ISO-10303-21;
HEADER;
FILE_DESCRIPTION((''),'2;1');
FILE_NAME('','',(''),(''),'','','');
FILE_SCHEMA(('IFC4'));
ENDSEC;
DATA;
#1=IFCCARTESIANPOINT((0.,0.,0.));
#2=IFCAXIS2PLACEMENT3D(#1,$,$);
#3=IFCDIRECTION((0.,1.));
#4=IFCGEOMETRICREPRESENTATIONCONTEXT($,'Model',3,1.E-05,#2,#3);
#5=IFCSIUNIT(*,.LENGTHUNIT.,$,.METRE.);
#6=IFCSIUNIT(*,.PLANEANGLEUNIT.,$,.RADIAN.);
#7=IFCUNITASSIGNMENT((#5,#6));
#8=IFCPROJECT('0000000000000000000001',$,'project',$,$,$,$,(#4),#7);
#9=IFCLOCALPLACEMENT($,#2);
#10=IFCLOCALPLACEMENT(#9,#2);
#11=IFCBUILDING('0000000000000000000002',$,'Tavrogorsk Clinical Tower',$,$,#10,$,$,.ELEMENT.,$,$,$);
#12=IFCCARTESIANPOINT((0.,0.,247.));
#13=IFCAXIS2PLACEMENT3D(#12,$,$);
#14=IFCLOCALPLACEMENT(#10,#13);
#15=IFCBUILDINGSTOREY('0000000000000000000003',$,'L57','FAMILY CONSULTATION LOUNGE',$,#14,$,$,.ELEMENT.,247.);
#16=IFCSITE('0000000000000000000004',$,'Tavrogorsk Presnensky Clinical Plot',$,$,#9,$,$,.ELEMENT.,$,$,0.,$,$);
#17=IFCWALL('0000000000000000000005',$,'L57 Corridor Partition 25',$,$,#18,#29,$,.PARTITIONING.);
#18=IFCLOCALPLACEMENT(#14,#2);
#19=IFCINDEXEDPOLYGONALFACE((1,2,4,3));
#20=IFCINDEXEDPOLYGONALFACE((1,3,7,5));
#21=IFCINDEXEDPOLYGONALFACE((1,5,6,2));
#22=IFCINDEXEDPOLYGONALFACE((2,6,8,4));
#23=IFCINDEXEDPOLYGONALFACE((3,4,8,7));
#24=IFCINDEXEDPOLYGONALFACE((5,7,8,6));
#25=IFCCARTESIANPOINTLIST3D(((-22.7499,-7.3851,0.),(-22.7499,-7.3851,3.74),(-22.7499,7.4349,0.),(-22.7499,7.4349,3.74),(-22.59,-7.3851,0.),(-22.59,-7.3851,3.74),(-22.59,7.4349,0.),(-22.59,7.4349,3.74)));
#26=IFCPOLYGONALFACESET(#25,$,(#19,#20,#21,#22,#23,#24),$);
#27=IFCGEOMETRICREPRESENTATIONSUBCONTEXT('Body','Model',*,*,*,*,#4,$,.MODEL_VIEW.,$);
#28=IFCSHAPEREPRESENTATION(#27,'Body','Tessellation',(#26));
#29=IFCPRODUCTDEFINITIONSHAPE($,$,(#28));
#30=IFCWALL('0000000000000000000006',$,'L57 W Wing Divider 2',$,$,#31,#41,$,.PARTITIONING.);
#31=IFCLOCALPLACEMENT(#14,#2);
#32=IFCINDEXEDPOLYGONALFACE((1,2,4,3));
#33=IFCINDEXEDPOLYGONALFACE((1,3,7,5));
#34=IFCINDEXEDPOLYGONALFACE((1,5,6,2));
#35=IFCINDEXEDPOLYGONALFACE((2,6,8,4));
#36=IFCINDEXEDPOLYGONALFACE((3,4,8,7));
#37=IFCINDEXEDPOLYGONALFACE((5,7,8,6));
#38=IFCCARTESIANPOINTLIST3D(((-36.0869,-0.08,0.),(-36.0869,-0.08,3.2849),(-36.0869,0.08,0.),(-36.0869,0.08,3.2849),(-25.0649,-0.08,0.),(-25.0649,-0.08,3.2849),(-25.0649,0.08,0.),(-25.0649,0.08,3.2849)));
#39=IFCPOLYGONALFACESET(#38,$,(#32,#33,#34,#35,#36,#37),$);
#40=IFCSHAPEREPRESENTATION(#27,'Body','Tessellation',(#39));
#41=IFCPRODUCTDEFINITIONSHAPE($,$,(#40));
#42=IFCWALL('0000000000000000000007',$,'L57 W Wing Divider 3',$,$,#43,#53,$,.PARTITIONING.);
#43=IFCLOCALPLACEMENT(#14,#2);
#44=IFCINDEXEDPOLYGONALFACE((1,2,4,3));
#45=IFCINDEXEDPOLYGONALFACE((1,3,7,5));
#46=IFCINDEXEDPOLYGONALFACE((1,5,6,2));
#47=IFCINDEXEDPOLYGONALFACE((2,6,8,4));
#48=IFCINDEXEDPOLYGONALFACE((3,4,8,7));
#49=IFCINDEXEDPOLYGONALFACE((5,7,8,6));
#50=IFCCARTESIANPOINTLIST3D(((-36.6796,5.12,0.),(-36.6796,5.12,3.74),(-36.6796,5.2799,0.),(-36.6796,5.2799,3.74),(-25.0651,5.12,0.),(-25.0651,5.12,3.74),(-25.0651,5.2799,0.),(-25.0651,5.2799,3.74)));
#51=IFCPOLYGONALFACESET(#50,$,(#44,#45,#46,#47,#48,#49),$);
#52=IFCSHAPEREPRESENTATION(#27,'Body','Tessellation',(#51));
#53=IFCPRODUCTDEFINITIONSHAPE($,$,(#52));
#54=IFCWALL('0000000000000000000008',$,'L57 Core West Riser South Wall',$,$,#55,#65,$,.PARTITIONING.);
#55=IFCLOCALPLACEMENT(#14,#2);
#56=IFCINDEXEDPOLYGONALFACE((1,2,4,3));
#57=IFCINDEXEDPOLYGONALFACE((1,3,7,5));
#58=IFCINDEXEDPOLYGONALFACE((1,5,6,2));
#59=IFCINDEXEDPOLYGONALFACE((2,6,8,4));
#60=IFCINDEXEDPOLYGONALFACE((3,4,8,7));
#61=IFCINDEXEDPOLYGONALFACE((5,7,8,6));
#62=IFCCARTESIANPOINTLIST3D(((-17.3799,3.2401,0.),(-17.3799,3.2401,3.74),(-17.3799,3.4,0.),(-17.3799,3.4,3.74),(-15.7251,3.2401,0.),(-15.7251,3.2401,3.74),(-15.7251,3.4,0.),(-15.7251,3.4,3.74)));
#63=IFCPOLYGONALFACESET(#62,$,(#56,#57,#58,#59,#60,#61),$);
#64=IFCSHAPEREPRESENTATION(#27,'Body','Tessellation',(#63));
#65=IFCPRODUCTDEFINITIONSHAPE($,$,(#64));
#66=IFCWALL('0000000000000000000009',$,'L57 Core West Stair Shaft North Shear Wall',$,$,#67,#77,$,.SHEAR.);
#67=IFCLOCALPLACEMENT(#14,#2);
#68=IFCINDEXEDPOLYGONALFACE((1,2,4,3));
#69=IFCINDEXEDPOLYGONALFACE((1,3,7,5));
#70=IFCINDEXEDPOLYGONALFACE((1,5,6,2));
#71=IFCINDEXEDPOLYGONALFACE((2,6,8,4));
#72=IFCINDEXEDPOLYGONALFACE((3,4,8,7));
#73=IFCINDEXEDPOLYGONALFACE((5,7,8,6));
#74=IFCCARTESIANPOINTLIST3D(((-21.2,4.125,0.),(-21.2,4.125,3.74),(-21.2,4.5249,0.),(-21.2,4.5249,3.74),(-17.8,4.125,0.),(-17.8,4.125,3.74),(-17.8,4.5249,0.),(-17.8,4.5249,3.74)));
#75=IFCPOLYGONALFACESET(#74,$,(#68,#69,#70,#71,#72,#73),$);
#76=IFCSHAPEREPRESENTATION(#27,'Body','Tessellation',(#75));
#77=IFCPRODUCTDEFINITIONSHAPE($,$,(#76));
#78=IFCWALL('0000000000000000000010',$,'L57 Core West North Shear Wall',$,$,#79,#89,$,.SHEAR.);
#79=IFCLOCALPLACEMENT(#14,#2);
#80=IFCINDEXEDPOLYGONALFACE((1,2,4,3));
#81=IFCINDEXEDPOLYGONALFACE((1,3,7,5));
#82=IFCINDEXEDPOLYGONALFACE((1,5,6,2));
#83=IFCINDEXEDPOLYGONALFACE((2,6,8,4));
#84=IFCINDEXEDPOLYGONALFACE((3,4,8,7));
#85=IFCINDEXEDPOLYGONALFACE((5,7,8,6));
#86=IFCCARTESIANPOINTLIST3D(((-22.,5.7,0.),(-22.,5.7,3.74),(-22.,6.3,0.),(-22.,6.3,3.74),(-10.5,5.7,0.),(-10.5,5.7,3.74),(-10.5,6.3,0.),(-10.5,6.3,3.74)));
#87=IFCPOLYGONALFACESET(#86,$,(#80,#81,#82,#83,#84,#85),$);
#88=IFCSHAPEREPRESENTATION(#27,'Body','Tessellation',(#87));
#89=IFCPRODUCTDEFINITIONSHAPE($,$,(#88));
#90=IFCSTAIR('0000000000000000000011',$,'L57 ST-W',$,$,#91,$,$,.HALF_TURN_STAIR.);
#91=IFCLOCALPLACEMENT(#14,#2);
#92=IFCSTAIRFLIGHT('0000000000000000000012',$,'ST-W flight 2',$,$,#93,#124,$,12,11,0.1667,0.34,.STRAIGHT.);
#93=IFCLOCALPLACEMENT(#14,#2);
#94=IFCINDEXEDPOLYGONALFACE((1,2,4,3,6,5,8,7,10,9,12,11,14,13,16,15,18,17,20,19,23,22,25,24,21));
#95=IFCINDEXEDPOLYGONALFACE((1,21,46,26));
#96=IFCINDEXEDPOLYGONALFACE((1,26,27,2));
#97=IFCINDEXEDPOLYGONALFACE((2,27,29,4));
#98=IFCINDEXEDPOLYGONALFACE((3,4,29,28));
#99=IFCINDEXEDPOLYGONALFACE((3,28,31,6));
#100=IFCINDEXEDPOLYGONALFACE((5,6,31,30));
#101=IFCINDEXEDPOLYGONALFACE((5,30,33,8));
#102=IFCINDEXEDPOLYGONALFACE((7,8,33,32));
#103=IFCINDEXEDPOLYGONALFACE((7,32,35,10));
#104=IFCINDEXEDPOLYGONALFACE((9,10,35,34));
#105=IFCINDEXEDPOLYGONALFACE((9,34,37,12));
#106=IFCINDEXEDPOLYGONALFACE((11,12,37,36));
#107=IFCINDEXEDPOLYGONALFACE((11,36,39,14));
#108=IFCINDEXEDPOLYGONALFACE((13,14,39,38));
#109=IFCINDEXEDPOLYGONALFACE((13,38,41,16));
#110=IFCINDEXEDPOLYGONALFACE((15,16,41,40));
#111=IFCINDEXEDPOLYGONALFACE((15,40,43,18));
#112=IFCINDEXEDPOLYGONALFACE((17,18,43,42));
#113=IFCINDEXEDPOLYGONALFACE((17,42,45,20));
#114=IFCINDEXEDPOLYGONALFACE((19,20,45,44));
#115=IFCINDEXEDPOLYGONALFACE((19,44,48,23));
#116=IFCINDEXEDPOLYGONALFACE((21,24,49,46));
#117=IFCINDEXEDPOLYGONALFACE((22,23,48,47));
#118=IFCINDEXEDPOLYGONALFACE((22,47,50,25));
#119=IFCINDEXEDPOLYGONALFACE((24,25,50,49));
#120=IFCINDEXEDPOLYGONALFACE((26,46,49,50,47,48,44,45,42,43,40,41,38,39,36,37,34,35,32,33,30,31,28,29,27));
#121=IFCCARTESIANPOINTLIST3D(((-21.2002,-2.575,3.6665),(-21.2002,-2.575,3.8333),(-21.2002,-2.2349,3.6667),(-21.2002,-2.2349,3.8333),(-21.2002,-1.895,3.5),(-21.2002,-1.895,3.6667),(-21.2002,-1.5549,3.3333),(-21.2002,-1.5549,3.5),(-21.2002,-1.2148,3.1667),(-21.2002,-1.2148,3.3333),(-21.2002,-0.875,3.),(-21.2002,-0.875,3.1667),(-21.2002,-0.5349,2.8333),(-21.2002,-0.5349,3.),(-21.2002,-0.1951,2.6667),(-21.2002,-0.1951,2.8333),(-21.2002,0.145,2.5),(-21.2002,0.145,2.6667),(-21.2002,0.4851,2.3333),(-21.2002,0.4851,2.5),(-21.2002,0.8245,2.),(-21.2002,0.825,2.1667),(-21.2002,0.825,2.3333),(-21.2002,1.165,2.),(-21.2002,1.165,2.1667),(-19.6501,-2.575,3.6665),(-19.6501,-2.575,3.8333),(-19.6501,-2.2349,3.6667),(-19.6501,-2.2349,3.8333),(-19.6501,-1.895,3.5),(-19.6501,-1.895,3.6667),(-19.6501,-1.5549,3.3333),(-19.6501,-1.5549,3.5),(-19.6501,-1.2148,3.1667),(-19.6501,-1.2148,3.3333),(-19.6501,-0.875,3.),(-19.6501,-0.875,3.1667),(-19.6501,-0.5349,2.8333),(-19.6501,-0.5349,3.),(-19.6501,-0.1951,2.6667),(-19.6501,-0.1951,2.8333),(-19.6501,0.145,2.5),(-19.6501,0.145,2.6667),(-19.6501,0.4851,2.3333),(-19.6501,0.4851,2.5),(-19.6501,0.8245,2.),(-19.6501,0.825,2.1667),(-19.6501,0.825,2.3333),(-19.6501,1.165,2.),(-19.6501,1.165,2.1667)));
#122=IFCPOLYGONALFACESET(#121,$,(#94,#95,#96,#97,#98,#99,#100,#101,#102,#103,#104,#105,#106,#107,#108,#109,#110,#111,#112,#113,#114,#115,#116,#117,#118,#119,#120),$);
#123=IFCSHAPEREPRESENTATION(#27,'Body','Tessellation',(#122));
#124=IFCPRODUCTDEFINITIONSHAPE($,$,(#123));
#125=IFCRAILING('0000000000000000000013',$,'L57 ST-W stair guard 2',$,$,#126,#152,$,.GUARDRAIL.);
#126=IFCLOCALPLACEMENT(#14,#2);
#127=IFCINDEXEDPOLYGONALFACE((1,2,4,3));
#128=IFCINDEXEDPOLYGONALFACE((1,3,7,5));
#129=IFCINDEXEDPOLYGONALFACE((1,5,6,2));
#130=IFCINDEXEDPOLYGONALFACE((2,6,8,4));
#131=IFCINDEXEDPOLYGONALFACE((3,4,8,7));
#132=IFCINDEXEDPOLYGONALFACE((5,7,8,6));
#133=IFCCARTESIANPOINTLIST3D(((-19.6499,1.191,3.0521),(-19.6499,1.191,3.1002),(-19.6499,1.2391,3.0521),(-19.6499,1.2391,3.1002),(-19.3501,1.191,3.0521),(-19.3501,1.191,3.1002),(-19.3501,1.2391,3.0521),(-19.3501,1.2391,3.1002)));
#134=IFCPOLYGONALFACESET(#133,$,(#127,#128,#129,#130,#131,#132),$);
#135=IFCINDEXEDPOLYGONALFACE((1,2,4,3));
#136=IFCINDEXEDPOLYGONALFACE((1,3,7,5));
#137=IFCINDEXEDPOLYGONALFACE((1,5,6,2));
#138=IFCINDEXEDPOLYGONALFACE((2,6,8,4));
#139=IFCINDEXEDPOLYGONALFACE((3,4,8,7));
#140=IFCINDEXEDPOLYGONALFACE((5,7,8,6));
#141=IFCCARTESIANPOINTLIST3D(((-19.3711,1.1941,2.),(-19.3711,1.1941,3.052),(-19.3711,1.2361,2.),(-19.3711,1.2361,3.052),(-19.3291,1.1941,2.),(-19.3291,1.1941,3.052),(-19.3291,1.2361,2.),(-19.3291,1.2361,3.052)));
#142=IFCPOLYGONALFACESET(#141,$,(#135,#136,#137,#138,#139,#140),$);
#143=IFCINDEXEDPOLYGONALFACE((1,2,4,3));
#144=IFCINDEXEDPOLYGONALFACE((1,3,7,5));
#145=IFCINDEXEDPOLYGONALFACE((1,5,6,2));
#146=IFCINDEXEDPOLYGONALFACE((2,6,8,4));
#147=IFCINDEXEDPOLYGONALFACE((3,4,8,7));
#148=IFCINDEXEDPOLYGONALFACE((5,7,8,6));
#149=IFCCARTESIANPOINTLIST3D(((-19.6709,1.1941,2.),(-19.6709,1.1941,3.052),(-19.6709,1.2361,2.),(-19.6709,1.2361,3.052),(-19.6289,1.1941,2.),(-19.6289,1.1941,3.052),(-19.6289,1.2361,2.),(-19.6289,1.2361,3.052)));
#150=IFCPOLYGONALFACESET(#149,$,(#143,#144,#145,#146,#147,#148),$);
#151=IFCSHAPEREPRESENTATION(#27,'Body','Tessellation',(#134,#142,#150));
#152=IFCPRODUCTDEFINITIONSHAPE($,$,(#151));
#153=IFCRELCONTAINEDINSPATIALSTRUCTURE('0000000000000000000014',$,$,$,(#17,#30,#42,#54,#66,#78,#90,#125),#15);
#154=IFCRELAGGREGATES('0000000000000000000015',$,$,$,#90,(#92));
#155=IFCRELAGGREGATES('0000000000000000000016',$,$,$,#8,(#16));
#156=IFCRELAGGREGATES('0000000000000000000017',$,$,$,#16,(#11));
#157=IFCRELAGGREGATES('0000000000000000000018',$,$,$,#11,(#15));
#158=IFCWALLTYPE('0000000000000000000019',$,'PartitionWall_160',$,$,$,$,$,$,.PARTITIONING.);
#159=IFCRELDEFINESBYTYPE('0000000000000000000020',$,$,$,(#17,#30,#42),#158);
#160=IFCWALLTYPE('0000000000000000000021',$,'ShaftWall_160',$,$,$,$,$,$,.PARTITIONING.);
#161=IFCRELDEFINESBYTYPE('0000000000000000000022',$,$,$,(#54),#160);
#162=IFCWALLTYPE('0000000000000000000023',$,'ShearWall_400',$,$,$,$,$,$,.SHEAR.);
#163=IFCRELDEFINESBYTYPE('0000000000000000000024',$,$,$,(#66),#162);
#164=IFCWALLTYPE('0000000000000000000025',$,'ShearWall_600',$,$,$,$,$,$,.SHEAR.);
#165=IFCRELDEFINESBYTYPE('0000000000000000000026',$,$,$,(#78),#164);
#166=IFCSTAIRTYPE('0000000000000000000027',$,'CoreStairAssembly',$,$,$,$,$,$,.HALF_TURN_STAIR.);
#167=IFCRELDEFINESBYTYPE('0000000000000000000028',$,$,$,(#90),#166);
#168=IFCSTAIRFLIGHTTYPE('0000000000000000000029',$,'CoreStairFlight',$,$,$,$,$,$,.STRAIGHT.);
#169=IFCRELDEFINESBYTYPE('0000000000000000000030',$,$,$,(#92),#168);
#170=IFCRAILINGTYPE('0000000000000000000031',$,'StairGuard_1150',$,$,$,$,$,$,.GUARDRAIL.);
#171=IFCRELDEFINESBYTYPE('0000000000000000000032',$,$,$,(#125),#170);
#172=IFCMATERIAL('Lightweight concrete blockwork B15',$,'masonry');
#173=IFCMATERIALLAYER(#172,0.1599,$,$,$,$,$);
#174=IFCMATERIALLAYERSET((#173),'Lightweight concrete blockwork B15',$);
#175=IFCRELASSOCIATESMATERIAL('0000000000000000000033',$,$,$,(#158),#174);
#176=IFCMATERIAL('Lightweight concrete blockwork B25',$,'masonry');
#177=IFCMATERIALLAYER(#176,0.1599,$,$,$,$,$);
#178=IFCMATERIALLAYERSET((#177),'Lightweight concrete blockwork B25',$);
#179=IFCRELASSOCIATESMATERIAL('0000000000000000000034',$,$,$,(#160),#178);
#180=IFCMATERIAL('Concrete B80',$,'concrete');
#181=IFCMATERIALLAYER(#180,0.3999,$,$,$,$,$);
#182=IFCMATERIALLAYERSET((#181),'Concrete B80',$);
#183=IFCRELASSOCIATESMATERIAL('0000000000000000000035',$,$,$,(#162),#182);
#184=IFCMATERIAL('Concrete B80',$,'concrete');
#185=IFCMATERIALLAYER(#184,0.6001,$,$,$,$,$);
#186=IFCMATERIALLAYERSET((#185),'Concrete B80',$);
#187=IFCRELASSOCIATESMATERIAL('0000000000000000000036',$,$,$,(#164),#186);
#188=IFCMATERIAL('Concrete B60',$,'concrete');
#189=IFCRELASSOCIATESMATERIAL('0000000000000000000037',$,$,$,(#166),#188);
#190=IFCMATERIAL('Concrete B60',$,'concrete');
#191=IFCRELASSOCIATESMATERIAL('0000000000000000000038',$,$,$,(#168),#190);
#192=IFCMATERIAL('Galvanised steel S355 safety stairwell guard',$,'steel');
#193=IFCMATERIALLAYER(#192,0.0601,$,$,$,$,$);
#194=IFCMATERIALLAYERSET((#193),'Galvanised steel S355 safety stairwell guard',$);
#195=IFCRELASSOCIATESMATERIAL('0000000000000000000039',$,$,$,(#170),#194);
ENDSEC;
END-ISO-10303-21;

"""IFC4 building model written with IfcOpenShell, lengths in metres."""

from ifc_helpers import new_model, si_unit, direction, frame, frame_2d, origin, origin_2d, place, context, subcontext, project, spatial, polyline, rectangle, outline, extrude, material, layer, layer_set, type_object, element, aggregate, save


model = new_model("IFC4")

# Units and contexts
model_context = context("Model", 3, precision=1e-05, world=origin(), true_north=direction((0.0, 1.0)))
body_context = subcontext(model_context, "Body", "Model", "MODEL_VIEW")
ifc_project = project(units=[si_unit("LENGTHUNIT", "METRE"), si_unit("PLANEANGLEUNIT", "RADIAN")], contexts=[model_context])

# Site, building, storey
site_placement = place(None, origin())
site = spatial("IfcSite", under=ifc_project, at=site_placement, Name="Tavrogorsk Presnensky Clinical Plot", CompositionType="ELEMENT", RefElevation=0.0)
building_placement = place(site_placement, origin())
building = spatial("IfcBuilding", under=site, at=building_placement, Name="Tavrogorsk Clinical Tower", CompositionType="ELEMENT")
storey_placement = place(building_placement, frame((0.0, 0.0, 247.0)))
storey = spatial("IfcBuildingStorey", under=building, at=storey_placement, Name="L57", Description="FAMILY CONSULTATION LOUNGE", CompositionType="ELEMENT", Elevation=247.0)

# Shared definitions
ifc_material_1 = material(Name="Lightweight concrete blockwork B15", Category="masonry")
ifc_layer_1 = layer(ifc_material_1, 0.1599)
ifc_layer_set_1 = layer_set([ifc_layer_1], Name="Lightweight concrete blockwork B15")
wall_type_1 = type_object("IfcWallType", Name="PartitionWall_160", PredefinedType="PARTITIONING", material=ifc_layer_set_1)

# Walls
wall_1_placement = place(storey_placement, frame((-22.6699, 7.4351, 0.0), z_axis=(0.0, 0.0, 1.0), x_axis=(0.0, -1.0, 0.0)))
element("IfcWall", 1, at=wall_1_placement, inside=storey, type_object=wall_type_1, Name="L57 Corridor Partition 25", PredefinedType="PARTITIONING", context=body_context, shape_type="SweptSolid", body=[
    extrude(rectangle(XDim=14.8201, YDim=0.1599, at=frame_2d((7.4102, 0.0))), origin(), (0.0, 0.0, 1.0), 3.74),
])
wall_2_placement = place(storey_placement, frame((-36.0869, 0.0, 0.0), z_axis=(0.0, 0.0, 1.0), x_axis=(1.0, 0.0, 0.0)))
element("IfcWall", 2, at=wall_2_placement, inside=storey, type_object=wall_type_1, Name="L57 W Wing Divider 2", PredefinedType="PARTITIONING", context=body_context, shape_type="SweptSolid", body=[
    extrude(rectangle(XDim=11.022, YDim=0.1599, at=frame_2d((5.511, 0.0))), origin(), (0.0, 0.0, 1.0), 3.2849),
])
wall_3_placement = place(storey_placement, frame((-36.6794, 5.2, 0.0), z_axis=(0.0, 0.0, 1.0), x_axis=(1.0, 0.0, 0.0)))
element("IfcWall", 3, at=wall_3_placement, inside=storey, type_object=wall_type_1, Name="L57 W Wing Divider 3", PredefinedType="PARTITIONING", context=body_context, shape_type="SweptSolid", body=[
    extrude(rectangle(XDim=11.6145, YDim=0.1599, at=frame_2d((5.8071, 0.0))), origin(), (0.0, 0.0, 1.0), 3.74),
])
ifc_material_2 = material(Name="Lightweight concrete blockwork B25", Category="masonry")
ifc_layer_2 = layer(ifc_material_2, 0.1599)
ifc_layer_set_2 = layer_set([ifc_layer_2], Name="Lightweight concrete blockwork B25")
wall_type_2 = type_object("IfcWallType", Name="ShaftWall_160", PredefinedType="PARTITIONING", material=ifc_layer_set_2)
wall_4_placement = place(storey_placement, frame((-17.3799, 3.3201, 0.0), z_axis=(0.0, 0.0, 1.0), x_axis=(1.0, 0.0, 0.0)))
element("IfcWall", 4, at=wall_4_placement, inside=storey, type_object=wall_type_2, Name="L57 Core West Riser South Wall", PredefinedType="PARTITIONING", context=body_context, shape_type="SweptSolid", body=[
    extrude(rectangle(XDim=1.6548, YDim=0.1599, at=frame_2d((0.8274, 0.0))), origin(), (0.0, 0.0, 1.0), 3.74),
])
ifc_material_3 = material(Name="Concrete B80", Category="concrete")
ifc_layer_3 = layer(ifc_material_3, 0.3999)
ifc_layer_set_3 = layer_set([ifc_layer_3], Name="Concrete B80")
wall_type_3 = type_object("IfcWallType", Name="ShearWall_400", PredefinedType="SHEAR", material=ifc_layer_set_3)
wall_5_placement = place(storey_placement, frame((-21.2, 4.325, 0.0), z_axis=(0.0, 0.0, 1.0), x_axis=(1.0, 0.0, 0.0)))
element("IfcWall", 5, at=wall_5_placement, inside=storey, type_object=wall_type_3, Name="L57 Core West Stair Shaft North Shear Wall", PredefinedType="SHEAR", context=body_context, shape_type="SweptSolid", body=[
    extrude(rectangle(XDim=3.3999, YDim=0.3999, at=frame_2d((1.7, 0.0))), origin(), (0.0, 0.0, 1.0), 3.74),
])
ifc_material_4 = material(Name="Concrete B80", Category="concrete")
ifc_layer_4 = layer(ifc_material_4, 0.6001)
ifc_layer_set_4 = layer_set([ifc_layer_4], Name="Concrete B80")
wall_type_4 = type_object("IfcWallType", Name="ShearWall_600", PredefinedType="SHEAR", material=ifc_layer_set_4)
wall_6_placement = place(storey_placement, frame((-22.0, 6.0, 0.0), z_axis=(0.0, 0.0, 1.0), x_axis=(1.0, 0.0, 0.0)))
element("IfcWall", 6, at=wall_6_placement, inside=storey, type_object=wall_type_4, Name="L57 Core West North Shear Wall", PredefinedType="SHEAR", context=body_context, shape_type="SweptSolid", body=[
    extrude(rectangle(XDim=11.5, YDim=0.6001, at=frame_2d((5.75, 0.0))), origin(), (0.0, 0.0, 1.0), 3.74),
])

# Stair, stair flight
ifc_material_5 = material(Name="Concrete B60", Category="concrete")
stair_type = type_object("IfcStairType", Name="CoreStairAssembly", PredefinedType="HALF_TURN_STAIR", material=ifc_material_5)
stair_placement = place(storey_placement, origin())
stair = element("IfcStair", 7, at=stair_placement, inside=storey, type_object=stair_type, Name="L57 ST-W", PredefinedType="HALF_TURN_STAIR")
ifc_material_6 = material(Name="Concrete B60", Category="concrete")
stair_flight_type = type_object("IfcStairFlightType", Name="CoreStairFlight", PredefinedType="STRAIGHT", material=ifc_material_6)
stair_flight_placement = place(storey_placement, frame((-20.425, 1.165, 2.0), z_axis=(0.0, 0.0, 1.0), x_axis=(0.0, -1.0, 0.0)))
stair_flight = element("IfcStairFlight", 8, at=stair_flight_placement, type_object=stair_flight_type, Name="ST-W flight 2", NumberOfRisers=12, NumberOfTreads=11, PredefinedType="STRAIGHT", RiserHeight=0.1667, TreadLength=0.34, context=body_context, shape_type="SweptSolid", body=[
    extrude(outline(polyline([(0.0, 0.0), (0.0, 0.1667), (0.3401, 0.1667), (0.3401, 0.3333), (0.6799, 0.3333), (0.6799, 0.5), (1.02, 0.5), (1.02, 0.6667), (1.3601, 0.6667), (1.3601, 0.8333), (1.7, 0.8333), (1.7, 1.0), (2.04, 1.0), (2.04, 1.1667), (2.3799, 1.1667), (2.3799, 1.3333), (2.72, 1.3333), (2.72, 1.5), (3.0601, 1.5), (3.0601, 1.6667), (3.3999, 1.6667), (3.3999, 1.8333), (3.74, 1.8333), (3.74, 2.0), (3.74, 1.6665), (0.3406, 0.0), (0.0, 0.0)])), frame((0.0, 0.7749, 0.0), z_axis=(0.0, -1.0, 0.0), x_axis=(1.0, 0.0, 0.0)), (0.0, 0.0, 1.0), 1.55),
])
aggregate(stair, [stair_flight])

# Railing
ifc_material_7 = material(Name="Galvanised steel S355 safety stairwell guard", Category="steel")
ifc_layer_5 = layer(ifc_material_7, 0.0601)
ifc_layer_set_5 = layer_set([ifc_layer_5], Name="Galvanised steel S355 safety stairwell guard")
railing_type_1 = type_object("IfcRailingType", Name="StairGuard_1150", PredefinedType="GUARDRAIL", material=ifc_layer_set_5)
railing_1_placement = place(storey_placement, frame((-19.3501, 1.2151, 2.0)))
element("IfcRailing", 9, at=railing_1_placement, inside=storey, type_object=railing_type_1, Name="L57 ST-W stair guard 2", PredefinedType="GUARDRAIL", context=body_context, shape_type="SweptSolid", body=[
    extrude(rectangle(XDim=0.0481, YDim=0.0481, at=origin_2d()), frame((0.0, 0.0, 1.0762), z_axis=(-1.0, 0.0, 0.0), x_axis=(0.0, -1.0, 0.0)), (0.0, 0.0, 1.0), 0.2998),
    extrude(rectangle(XDim=0.042, YDim=0.042, at=origin_2d()), origin(), (0.0, 0.0, 1.0), 1.052),
    extrude(rectangle(XDim=0.042, YDim=0.042, at=origin_2d()), frame((-0.2998, 0.0, 0.0)), (0.0, 0.0, 1.0), 1.052),
])

save(model, "model.ifc")
